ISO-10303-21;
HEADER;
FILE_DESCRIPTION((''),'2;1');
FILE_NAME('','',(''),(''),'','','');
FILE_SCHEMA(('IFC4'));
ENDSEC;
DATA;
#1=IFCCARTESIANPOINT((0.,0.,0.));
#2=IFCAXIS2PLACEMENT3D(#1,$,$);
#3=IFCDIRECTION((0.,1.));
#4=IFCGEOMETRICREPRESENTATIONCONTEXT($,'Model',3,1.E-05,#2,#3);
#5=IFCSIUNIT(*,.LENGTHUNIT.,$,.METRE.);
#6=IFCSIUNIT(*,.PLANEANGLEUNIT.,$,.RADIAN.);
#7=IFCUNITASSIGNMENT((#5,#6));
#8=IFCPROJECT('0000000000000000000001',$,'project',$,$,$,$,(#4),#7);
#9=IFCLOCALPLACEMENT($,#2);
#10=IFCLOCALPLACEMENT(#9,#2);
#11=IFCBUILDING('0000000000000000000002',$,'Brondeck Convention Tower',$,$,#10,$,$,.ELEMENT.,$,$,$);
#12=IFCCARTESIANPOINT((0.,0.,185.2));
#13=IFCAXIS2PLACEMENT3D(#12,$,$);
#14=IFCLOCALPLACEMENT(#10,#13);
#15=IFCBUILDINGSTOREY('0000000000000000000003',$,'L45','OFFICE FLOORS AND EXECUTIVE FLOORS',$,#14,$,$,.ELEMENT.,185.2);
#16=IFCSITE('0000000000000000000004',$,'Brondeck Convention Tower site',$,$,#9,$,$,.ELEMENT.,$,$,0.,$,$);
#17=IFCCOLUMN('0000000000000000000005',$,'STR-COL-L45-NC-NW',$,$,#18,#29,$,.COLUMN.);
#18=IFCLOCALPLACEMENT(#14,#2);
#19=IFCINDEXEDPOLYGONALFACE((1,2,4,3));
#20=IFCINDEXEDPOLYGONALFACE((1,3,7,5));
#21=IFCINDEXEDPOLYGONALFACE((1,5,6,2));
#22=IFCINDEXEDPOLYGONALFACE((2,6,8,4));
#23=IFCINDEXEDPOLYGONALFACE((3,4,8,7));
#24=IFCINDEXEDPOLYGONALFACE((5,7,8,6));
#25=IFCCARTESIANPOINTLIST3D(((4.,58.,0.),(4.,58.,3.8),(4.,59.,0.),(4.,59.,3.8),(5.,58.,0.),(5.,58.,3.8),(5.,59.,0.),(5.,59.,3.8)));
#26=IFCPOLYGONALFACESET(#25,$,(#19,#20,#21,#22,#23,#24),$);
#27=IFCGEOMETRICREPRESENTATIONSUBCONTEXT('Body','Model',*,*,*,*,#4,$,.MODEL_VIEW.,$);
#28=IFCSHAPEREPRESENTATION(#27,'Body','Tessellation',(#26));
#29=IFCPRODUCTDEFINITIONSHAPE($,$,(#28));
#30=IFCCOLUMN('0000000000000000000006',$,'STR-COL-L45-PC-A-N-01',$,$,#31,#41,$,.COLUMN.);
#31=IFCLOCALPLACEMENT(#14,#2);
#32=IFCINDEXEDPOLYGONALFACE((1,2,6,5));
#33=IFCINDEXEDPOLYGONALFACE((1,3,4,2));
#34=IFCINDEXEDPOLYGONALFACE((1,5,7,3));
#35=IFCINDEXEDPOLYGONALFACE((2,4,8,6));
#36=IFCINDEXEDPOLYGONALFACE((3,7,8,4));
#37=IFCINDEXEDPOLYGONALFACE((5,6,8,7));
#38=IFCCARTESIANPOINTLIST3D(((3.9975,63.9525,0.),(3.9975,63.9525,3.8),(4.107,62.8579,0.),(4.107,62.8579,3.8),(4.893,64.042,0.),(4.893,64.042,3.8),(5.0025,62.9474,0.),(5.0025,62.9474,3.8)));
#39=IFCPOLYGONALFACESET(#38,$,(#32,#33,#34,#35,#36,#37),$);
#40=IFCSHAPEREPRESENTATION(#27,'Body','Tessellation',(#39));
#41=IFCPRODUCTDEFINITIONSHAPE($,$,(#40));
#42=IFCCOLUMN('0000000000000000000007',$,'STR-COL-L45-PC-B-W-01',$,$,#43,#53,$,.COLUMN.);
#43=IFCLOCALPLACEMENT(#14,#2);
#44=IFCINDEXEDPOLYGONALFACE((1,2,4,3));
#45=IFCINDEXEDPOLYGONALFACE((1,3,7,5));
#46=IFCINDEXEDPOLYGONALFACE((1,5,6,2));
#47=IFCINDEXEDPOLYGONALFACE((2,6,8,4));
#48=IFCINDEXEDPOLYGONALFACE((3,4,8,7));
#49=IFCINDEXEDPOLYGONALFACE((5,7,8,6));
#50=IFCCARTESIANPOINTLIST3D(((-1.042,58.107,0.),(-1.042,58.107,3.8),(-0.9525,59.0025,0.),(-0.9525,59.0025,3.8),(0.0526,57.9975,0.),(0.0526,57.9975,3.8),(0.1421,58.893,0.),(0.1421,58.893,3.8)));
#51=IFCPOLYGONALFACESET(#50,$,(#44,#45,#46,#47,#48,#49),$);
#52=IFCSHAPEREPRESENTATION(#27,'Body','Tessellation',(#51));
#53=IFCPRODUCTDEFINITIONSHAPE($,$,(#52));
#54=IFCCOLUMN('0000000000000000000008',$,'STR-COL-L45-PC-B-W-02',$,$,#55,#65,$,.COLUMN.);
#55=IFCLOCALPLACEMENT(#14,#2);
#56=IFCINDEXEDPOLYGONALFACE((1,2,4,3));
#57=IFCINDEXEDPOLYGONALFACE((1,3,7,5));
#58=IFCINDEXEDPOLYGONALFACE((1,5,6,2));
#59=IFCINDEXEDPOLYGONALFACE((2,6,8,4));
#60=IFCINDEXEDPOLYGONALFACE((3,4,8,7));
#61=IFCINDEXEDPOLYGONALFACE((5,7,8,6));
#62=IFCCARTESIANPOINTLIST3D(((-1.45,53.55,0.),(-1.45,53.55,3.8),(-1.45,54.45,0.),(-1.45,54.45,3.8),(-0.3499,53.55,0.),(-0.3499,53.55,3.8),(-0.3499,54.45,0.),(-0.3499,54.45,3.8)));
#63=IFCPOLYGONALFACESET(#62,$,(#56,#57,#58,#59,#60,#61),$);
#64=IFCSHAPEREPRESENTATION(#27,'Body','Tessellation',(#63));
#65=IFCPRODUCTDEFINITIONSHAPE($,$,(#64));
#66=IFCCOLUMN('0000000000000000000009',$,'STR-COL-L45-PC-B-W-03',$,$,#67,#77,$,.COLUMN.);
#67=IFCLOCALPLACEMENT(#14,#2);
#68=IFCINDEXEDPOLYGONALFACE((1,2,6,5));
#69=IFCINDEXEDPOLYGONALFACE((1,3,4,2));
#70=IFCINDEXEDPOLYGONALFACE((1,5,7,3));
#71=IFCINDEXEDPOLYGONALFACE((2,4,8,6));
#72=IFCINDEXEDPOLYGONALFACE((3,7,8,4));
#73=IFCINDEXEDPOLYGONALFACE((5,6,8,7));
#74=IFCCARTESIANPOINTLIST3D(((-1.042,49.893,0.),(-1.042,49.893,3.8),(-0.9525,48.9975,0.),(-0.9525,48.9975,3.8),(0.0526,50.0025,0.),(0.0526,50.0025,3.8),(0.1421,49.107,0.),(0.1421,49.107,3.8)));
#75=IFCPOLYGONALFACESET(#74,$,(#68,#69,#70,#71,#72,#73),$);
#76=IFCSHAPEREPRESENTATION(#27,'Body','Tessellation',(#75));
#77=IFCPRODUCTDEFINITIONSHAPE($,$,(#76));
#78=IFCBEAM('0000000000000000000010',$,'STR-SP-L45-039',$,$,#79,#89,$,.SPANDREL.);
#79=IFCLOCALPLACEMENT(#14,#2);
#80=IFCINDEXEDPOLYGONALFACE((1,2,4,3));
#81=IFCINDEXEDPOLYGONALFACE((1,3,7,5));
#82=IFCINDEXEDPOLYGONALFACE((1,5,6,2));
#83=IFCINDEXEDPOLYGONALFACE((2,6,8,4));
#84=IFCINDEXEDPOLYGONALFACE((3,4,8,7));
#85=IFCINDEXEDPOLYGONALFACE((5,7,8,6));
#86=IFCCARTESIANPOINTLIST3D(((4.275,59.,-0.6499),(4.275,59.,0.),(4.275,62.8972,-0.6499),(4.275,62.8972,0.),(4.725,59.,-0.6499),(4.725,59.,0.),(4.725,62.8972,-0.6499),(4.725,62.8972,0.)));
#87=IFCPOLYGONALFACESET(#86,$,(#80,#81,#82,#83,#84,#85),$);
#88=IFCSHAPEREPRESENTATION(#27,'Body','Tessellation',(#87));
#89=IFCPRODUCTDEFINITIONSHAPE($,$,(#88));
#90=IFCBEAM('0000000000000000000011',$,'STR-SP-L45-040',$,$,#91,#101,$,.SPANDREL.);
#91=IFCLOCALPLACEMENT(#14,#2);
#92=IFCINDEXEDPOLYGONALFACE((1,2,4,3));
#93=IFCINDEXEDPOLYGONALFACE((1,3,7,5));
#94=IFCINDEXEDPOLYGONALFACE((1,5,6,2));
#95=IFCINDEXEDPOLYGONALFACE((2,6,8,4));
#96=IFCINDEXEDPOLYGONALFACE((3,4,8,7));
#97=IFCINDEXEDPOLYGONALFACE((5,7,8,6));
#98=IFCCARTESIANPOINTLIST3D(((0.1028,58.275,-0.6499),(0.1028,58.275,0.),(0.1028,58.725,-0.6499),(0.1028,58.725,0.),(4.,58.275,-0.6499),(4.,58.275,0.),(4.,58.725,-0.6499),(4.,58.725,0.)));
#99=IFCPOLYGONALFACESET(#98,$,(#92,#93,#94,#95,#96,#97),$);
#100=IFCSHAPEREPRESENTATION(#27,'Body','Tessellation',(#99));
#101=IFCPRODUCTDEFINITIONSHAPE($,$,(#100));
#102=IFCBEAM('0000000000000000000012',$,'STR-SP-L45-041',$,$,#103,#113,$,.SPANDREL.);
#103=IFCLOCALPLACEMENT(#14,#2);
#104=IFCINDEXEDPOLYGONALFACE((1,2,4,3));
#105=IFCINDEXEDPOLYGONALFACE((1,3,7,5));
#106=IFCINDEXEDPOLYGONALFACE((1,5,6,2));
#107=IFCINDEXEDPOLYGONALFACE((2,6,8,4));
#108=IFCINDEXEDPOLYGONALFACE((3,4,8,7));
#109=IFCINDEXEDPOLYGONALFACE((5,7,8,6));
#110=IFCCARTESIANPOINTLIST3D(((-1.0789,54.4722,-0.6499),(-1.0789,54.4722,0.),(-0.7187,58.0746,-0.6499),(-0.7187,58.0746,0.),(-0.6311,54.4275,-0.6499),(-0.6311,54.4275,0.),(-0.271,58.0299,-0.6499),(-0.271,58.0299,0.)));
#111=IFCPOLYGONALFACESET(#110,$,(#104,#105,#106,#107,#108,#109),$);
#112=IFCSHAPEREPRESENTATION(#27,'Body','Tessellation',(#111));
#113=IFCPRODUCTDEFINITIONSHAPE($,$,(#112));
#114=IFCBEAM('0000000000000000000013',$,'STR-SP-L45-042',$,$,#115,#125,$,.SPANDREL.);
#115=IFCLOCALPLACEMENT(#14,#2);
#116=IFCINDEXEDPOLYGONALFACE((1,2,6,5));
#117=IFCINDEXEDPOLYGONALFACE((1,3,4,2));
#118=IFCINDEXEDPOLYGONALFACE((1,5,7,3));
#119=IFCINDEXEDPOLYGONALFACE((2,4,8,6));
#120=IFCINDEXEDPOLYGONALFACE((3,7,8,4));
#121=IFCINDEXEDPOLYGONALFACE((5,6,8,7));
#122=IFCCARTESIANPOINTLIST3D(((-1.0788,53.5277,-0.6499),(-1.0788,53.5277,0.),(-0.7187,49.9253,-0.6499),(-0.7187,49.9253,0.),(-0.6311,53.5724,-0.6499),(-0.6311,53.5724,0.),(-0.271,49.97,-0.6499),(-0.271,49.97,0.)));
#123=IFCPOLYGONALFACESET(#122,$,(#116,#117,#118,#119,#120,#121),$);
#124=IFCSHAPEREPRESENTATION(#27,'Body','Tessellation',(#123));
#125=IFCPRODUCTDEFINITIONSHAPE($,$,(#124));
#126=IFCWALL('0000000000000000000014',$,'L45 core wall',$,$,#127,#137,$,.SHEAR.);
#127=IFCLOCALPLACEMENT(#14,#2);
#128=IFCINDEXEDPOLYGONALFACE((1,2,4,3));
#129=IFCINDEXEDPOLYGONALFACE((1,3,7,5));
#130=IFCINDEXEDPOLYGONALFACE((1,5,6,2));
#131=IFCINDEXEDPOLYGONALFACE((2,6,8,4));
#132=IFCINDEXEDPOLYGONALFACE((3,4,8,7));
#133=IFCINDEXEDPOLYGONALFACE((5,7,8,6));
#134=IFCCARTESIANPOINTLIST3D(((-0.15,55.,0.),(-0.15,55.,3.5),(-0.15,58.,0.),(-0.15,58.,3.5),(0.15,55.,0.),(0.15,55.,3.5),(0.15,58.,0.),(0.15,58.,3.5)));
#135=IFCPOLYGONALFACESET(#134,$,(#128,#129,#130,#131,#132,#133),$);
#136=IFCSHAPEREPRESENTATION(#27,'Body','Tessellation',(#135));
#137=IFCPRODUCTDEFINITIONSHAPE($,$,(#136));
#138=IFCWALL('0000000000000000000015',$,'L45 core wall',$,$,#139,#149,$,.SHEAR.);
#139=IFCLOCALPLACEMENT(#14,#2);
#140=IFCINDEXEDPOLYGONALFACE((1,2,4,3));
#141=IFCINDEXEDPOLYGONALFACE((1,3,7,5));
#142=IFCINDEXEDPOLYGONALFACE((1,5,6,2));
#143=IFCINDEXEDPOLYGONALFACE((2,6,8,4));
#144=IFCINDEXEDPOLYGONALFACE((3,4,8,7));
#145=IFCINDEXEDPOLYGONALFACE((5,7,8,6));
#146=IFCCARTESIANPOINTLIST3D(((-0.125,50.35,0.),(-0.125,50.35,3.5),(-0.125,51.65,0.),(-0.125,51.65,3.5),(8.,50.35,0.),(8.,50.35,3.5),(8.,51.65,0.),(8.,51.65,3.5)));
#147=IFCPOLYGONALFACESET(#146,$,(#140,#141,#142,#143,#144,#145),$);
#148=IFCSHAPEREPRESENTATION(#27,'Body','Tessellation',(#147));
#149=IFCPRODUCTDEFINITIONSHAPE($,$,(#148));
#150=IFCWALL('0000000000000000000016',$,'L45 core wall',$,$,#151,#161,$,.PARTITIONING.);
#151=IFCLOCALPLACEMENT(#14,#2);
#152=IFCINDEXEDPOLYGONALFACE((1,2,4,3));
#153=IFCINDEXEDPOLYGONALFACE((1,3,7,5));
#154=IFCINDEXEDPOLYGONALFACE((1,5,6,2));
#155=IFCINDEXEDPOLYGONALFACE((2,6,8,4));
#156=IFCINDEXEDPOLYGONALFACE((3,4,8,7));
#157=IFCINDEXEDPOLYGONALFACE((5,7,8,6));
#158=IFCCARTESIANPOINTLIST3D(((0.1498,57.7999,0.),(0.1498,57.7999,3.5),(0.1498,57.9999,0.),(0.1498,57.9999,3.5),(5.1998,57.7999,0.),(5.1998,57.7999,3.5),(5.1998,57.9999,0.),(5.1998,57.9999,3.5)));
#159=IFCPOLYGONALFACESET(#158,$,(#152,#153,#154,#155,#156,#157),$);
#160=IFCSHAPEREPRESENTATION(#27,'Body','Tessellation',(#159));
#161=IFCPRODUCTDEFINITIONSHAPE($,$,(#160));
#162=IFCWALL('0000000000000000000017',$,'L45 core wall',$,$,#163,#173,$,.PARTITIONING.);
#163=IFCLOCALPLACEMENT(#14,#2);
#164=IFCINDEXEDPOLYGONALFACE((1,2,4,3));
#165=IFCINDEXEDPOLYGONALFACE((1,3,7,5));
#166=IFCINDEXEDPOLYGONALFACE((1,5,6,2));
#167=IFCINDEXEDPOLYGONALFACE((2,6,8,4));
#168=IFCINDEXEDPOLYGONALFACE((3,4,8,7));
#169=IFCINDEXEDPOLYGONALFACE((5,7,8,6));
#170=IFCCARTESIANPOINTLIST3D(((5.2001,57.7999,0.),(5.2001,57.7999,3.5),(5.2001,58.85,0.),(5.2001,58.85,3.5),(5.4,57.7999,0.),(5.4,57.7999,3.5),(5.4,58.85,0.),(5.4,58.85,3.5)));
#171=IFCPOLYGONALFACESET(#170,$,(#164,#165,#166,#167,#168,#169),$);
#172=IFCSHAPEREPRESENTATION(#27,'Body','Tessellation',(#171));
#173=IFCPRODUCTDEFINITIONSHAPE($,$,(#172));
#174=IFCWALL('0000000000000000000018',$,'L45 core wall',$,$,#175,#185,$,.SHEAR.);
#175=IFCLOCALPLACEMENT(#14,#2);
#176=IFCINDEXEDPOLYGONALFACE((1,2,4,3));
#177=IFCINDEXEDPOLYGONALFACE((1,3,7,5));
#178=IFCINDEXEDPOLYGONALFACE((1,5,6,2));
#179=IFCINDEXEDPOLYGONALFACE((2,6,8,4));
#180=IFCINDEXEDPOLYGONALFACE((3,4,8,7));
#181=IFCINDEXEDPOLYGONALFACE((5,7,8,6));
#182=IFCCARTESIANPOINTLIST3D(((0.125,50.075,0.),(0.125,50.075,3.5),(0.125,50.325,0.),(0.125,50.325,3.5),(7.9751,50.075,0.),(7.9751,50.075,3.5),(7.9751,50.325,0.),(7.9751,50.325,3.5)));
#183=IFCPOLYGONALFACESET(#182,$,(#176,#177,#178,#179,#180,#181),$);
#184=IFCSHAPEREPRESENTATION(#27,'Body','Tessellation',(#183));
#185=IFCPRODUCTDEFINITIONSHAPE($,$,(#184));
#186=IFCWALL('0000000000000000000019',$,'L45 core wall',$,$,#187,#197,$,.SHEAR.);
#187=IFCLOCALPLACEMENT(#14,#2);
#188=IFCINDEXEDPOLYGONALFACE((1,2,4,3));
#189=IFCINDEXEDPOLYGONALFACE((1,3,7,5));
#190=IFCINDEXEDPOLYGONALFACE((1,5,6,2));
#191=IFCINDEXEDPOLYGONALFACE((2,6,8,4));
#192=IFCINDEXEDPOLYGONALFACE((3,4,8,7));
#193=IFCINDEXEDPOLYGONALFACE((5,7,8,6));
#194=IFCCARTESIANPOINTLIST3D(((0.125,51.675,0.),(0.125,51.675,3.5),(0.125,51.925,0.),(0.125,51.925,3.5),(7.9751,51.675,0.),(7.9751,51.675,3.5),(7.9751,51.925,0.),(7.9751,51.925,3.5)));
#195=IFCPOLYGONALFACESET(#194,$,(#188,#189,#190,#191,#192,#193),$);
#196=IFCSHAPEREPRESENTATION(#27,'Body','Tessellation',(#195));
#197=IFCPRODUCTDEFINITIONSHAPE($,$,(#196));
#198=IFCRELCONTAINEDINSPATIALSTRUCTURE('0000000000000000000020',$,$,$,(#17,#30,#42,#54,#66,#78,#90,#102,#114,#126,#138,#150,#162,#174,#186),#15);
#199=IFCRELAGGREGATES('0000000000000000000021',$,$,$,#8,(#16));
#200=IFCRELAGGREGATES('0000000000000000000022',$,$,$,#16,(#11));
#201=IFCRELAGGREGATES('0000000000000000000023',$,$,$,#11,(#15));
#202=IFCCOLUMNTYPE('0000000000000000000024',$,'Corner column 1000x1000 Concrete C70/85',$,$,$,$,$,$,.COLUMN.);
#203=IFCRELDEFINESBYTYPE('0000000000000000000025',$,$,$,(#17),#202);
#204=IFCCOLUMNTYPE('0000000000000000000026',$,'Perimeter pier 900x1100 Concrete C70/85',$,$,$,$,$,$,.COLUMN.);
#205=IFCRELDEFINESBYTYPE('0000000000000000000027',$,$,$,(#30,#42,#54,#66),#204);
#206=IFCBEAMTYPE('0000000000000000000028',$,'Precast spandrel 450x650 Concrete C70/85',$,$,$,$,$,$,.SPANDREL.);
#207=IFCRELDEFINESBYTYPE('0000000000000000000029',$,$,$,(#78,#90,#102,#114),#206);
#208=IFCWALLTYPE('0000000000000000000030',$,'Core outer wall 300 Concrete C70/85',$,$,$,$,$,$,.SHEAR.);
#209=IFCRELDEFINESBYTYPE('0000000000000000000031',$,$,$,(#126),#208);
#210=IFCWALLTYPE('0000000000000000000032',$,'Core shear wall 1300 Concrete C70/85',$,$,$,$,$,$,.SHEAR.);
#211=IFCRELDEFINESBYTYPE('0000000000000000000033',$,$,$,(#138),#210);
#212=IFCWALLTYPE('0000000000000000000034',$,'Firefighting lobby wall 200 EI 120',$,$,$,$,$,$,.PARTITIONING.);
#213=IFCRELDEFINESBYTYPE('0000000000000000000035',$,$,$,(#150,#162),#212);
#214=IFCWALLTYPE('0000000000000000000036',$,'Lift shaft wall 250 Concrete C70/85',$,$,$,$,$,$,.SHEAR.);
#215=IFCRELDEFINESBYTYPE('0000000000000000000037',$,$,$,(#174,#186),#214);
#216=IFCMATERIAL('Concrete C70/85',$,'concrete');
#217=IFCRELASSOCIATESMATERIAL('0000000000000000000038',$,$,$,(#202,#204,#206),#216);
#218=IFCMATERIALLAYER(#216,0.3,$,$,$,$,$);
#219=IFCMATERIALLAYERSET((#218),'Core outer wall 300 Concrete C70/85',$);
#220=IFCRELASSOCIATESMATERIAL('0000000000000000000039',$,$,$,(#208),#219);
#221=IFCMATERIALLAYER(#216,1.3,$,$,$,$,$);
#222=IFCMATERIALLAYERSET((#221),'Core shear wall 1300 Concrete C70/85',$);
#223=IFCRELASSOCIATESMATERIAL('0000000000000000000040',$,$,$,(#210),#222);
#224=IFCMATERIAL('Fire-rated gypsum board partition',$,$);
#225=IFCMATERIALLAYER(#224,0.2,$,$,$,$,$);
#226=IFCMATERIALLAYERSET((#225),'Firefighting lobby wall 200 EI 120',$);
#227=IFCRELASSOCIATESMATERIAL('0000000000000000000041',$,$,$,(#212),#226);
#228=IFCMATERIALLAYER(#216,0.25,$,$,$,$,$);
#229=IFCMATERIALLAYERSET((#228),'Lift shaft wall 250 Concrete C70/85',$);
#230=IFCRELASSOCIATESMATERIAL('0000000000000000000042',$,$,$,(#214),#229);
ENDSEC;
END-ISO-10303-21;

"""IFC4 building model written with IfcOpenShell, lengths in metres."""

from ifc_helpers import new_model, si_unit, direction, frame, frame_2d, origin, origin_2d, place, context, subcontext, project, spatial, rectangle, extrude, material, layer, layer_set, material_profile, profile_set, type_object, element, save


model = new_model("IFC4")

# Units and contexts
model_context = context("Model", 3, precision=1e-05, world=origin(), true_north=direction((0.0, 1.0)))
body_context = subcontext(model_context, "Body", "Model", "MODEL_VIEW")
ifc_project = project(units=[si_unit("LENGTHUNIT", "METRE"), si_unit("PLANEANGLEUNIT", "RADIAN")], contexts=[model_context])

# Site, building, storey
site_placement = place(None, origin())
site = spatial("IfcSite", under=ifc_project, at=site_placement, Name="Brondeck Convention Tower site", CompositionType="ELEMENT", RefElevation=0.0)
building_placement = place(site_placement, origin())
building = spatial("IfcBuilding", under=site, at=building_placement, Name="Brondeck Convention Tower", CompositionType="ELEMENT")
storey_placement = place(building_placement, frame((0.0, 0.0, 185.2)))
storey = spatial("IfcBuildingStorey", under=building, at=storey_placement, Name="L45", Description="OFFICE FLOORS AND EXECUTIVE FLOORS", CompositionType="ELEMENT", Elevation=185.2)

# Columns
ifc_material_1 = material(Name="Concrete C70/85", Category="concrete")
ifc_material_profile_1 = material_profile(ifc_material_1, rectangle(XDim=1.0, YDim=1.0, at=origin_2d()), Name="Corner column 1000x1000 Concrete C70/85")
ifc_profile_set_1 = profile_set([ifc_material_profile_1], Name="Concrete C70/85")
column_type_1 = type_object("IfcColumnType", Name="Corner column 1000x1000 Concrete C70/85", PredefinedType="COLUMN", material=ifc_profile_set_1)
column_placement = place(storey_placement, frame((4.5, 58.5, 0.0), z_axis=(0.0, 0.0, 1.0), x_axis=(1.0, 0.0, 0.0)))
element("IfcColumn", 1, at=column_placement, inside=storey, type_object=column_type_1, Name="STR-COL-L45-NC-NW", PredefinedType="COLUMN", context=body_context, shape_type="SweptSolid", body=[
    extrude(rectangle(XDim=1.0, YDim=1.0, at=origin_2d()), origin(), (0.0, 0.0, 1.0), 3.8),
])
ifc_material_profile_2 = material_profile(ifc_material_1, rectangle(XDim=0.8999, YDim=1.1001, at=origin_2d()), Name="Perimeter pier 900x1100 Concrete C70/85")
ifc_profile_set_2 = profile_set([ifc_material_profile_2], Name="Concrete C70/85")
column_type_2 = type_object("IfcColumnType", Name="Perimeter pier 900x1100 Concrete C70/85", PredefinedType="COLUMN", material=ifc_profile_set_2)
for number, where, z_axis, x_axis, name in (
    (2, (4.5, 63.45, 0.0), (0.0, 0.0, 1.0), (-0.995037, -0.099504, 0.0), "STR-COL-L45-PC-A-N-01"),
    (3, (-0.45, 58.5, 0.0), (0.0, 0.0, 1.0), (-0.099504, -0.995037, 0.0), "STR-COL-L45-PC-B-W-01"),
    (4, (-0.8999, 54.0, 0.0), (0.0, 0.0, 1.0), (0.0, -1.0, 0.0), "STR-COL-L45-PC-B-W-02"),
    (5, (-0.45, 49.5, 0.0), (0.0, 0.0, 1.0), (0.099504, -0.995037, 0.0), "STR-COL-L45-PC-B-W-03"),
):
    element("IfcColumn", number, at=place(storey_placement, frame(where, z_axis=z_axis, x_axis=x_axis)), inside=storey, type_object=column_type_2, Name=name, PredefinedType="COLUMN", context=body_context, shape_type="SweptSolid", body=[
        extrude(rectangle(XDim=0.8999, YDim=1.1001, at=origin_2d()), origin(), (0.0, 0.0, 1.0), 3.8),
    ])

# Beams
ifc_material_profile_3 = material_profile(ifc_material_1, rectangle(XDim=0.45, YDim=0.6499, at=origin_2d()), Name="Precast spandrel 450x650 Concrete C70/85")
ifc_profile_set_3 = profile_set([ifc_material_profile_3], Name="Concrete C70/85")
beam_type = type_object("IfcBeamType", Name="Precast spandrel 450x650 Concrete C70/85", PredefinedType="SPANDREL", material=ifc_profile_set_3)
for number, where, z_axis, x_axis, name in (
    (6, (4.5, 62.8972, -0.325), (0.0, -1.0, 0.0), (1.0, 0.0, 0.0), "STR-SP-L45-039"),
    (7, (4.0, 58.5, -0.325), (-1.0, 0.0, 0.0), (0.0, -1.0, 0.0), "STR-SP-L45-040"),
):
    element("IfcBeam", number, at=place(storey_placement, frame(where, z_axis=z_axis, x_axis=x_axis)), inside=storey, type_object=beam_type, Name=name, PredefinedType="SPANDREL", context=body_context, shape_type="SweptSolid", body=[
        extrude(rectangle(XDim=0.45, YDim=0.6499, at=origin_2d()), origin(), (0.0, 0.0, 1.0), 3.8972),
    ])
for number, where, z_axis, x_axis, name in (
    (8, (-0.4949, 58.0522, -0.325), (-0.09947, -0.995041, 0.0), (0.995041, -0.09947, 0.0), "STR-SP-L45-041"),
    (9, (-0.855, 53.55, -0.325), (0.09947, -0.995041, 0.0), (0.995041, 0.09947, 0.0), "STR-SP-L45-042"),
):
    element("IfcBeam", number, at=place(storey_placement, frame(where, z_axis=z_axis, x_axis=x_axis)), inside=storey, type_object=beam_type, Name=name, PredefinedType="SPANDREL", context=body_context, shape_type="SweptSolid", body=[
        extrude(rectangle(XDim=0.45, YDim=0.6499, at=origin_2d()), origin(), (0.0, 0.0, 1.0), 3.6204),
    ])

# Walls
ifc_layer_1 = layer(ifc_material_1, 0.3)
ifc_layer_set_1 = layer_set([ifc_layer_1], Name="Core outer wall 300 Concrete C70/85")
wall_type_1 = type_object("IfcWallType", Name="Core outer wall 300 Concrete C70/85", PredefinedType="SHEAR", material=ifc_layer_set_1)
wall_1_placement = place(storey_placement, frame((0.0, 55.0, 0.0), z_axis=(0.0, 0.0, 1.0), x_axis=(0.0, 1.0, 0.0)))
element("IfcWall", 10, at=wall_1_placement, inside=storey, type_object=wall_type_1, Name="L45 core wall", PredefinedType="SHEAR", context=body_context, shape_type="SweptSolid", body=[
    extrude(rectangle(XDim=3.0, YDim=0.3, at=frame_2d((1.5, 0.0))), origin(), (0.0, 0.0, 1.0), 3.5),
])
ifc_layer_2 = layer(ifc_material_1, 1.3)
ifc_layer_set_2 = layer_set([ifc_layer_2], Name="Core shear wall 1300 Concrete C70/85")
wall_type_2 = type_object("IfcWallType", Name="Core shear wall 1300 Concrete C70/85", PredefinedType="SHEAR", material=ifc_layer_set_2)
wall_2_placement = place(storey_placement, frame((-0.125, 51.0, 0.0), z_axis=(0.0, 0.0, 1.0), x_axis=(1.0, 0.0, 0.0)))
element("IfcWall", 11, at=wall_2_placement, inside=storey, type_object=wall_type_2, Name="L45 core wall", PredefinedType="SHEAR", context=body_context, shape_type="SweptSolid", body=[
    extrude(rectangle(XDim=8.125, YDim=1.3, at=frame_2d((4.0625, 0.0))), origin(), (0.0, 0.0, 1.0), 3.5),
])
ifc_material_2 = material(Name="Fire-rated gypsum board partition")
ifc_layer_3 = layer(ifc_material_2, 0.2)
ifc_layer_set_3 = layer_set([ifc_layer_3], Name="Firefighting lobby wall 200 EI 120")
wall_type_3 = type_object("IfcWallType", Name="Firefighting lobby wall 200 EI 120", PredefinedType="PARTITIONING", material=ifc_layer_set_3)
wall_3_placement = place(storey_placement, frame((0.1499, 57.8999, 0.0), z_axis=(0.0, 0.0, 1.0), x_axis=(1.0, 0.0, 0.0)))
element("IfcWall", 12, at=wall_3_placement, inside=storey, type_object=wall_type_3, Name="L45 core wall", PredefinedType="PARTITIONING", context=body_context, shape_type="SweptSolid", body=[
    extrude(rectangle(XDim=5.05, YDim=0.2, at=frame_2d((2.5249, 0.0))), origin(), (0.0, 0.0, 1.0), 3.5),
])
wall_4_placement = place(storey_placement, frame((5.3, 57.8, 0.0), z_axis=(0.0, 0.0, 1.0), x_axis=(0.0, 1.0, 0.0)))
element("IfcWall", 13, at=wall_4_placement, inside=storey, type_object=wall_type_3, Name="L45 core wall", PredefinedType="PARTITIONING", context=body_context, shape_type="SweptSolid", body=[
    extrude(rectangle(XDim=1.05, YDim=0.2, at=frame_2d((0.5249, 0.0))), origin(), (0.0, 0.0, 1.0), 3.5),
])
ifc_layer_4 = layer(ifc_material_1, 0.25)
ifc_layer_set_4 = layer_set([ifc_layer_4], Name="Lift shaft wall 250 Concrete C70/85")
wall_type_4 = type_object("IfcWallType", Name="Lift shaft wall 250 Concrete C70/85", PredefinedType="SHEAR", material=ifc_layer_set_4)
for number, where, z_axis, x_axis, name in (
    (14, (0.125, 50.2, 0.0), (0.0, 0.0, 1.0), (1.0, 0.0, 0.0), "L45 core wall"),
    (15, (0.125, 51.8, 0.0), (0.0, 0.0, 1.0), (1.0, 0.0, 0.0), "L45 core wall"),
):
    element("IfcWall", number, at=place(storey_placement, frame(where, z_axis=z_axis, x_axis=x_axis)), inside=storey, type_object=wall_type_4, Name=name, PredefinedType="SHEAR", context=body_context, shape_type="SweptSolid", body=[
        extrude(rectangle(XDim=7.8501, YDim=0.25, at=frame_2d((3.925, 0.0))), origin(), (0.0, 0.0, 1.0), 3.5),
    ])

save(model, "model.ifc")
